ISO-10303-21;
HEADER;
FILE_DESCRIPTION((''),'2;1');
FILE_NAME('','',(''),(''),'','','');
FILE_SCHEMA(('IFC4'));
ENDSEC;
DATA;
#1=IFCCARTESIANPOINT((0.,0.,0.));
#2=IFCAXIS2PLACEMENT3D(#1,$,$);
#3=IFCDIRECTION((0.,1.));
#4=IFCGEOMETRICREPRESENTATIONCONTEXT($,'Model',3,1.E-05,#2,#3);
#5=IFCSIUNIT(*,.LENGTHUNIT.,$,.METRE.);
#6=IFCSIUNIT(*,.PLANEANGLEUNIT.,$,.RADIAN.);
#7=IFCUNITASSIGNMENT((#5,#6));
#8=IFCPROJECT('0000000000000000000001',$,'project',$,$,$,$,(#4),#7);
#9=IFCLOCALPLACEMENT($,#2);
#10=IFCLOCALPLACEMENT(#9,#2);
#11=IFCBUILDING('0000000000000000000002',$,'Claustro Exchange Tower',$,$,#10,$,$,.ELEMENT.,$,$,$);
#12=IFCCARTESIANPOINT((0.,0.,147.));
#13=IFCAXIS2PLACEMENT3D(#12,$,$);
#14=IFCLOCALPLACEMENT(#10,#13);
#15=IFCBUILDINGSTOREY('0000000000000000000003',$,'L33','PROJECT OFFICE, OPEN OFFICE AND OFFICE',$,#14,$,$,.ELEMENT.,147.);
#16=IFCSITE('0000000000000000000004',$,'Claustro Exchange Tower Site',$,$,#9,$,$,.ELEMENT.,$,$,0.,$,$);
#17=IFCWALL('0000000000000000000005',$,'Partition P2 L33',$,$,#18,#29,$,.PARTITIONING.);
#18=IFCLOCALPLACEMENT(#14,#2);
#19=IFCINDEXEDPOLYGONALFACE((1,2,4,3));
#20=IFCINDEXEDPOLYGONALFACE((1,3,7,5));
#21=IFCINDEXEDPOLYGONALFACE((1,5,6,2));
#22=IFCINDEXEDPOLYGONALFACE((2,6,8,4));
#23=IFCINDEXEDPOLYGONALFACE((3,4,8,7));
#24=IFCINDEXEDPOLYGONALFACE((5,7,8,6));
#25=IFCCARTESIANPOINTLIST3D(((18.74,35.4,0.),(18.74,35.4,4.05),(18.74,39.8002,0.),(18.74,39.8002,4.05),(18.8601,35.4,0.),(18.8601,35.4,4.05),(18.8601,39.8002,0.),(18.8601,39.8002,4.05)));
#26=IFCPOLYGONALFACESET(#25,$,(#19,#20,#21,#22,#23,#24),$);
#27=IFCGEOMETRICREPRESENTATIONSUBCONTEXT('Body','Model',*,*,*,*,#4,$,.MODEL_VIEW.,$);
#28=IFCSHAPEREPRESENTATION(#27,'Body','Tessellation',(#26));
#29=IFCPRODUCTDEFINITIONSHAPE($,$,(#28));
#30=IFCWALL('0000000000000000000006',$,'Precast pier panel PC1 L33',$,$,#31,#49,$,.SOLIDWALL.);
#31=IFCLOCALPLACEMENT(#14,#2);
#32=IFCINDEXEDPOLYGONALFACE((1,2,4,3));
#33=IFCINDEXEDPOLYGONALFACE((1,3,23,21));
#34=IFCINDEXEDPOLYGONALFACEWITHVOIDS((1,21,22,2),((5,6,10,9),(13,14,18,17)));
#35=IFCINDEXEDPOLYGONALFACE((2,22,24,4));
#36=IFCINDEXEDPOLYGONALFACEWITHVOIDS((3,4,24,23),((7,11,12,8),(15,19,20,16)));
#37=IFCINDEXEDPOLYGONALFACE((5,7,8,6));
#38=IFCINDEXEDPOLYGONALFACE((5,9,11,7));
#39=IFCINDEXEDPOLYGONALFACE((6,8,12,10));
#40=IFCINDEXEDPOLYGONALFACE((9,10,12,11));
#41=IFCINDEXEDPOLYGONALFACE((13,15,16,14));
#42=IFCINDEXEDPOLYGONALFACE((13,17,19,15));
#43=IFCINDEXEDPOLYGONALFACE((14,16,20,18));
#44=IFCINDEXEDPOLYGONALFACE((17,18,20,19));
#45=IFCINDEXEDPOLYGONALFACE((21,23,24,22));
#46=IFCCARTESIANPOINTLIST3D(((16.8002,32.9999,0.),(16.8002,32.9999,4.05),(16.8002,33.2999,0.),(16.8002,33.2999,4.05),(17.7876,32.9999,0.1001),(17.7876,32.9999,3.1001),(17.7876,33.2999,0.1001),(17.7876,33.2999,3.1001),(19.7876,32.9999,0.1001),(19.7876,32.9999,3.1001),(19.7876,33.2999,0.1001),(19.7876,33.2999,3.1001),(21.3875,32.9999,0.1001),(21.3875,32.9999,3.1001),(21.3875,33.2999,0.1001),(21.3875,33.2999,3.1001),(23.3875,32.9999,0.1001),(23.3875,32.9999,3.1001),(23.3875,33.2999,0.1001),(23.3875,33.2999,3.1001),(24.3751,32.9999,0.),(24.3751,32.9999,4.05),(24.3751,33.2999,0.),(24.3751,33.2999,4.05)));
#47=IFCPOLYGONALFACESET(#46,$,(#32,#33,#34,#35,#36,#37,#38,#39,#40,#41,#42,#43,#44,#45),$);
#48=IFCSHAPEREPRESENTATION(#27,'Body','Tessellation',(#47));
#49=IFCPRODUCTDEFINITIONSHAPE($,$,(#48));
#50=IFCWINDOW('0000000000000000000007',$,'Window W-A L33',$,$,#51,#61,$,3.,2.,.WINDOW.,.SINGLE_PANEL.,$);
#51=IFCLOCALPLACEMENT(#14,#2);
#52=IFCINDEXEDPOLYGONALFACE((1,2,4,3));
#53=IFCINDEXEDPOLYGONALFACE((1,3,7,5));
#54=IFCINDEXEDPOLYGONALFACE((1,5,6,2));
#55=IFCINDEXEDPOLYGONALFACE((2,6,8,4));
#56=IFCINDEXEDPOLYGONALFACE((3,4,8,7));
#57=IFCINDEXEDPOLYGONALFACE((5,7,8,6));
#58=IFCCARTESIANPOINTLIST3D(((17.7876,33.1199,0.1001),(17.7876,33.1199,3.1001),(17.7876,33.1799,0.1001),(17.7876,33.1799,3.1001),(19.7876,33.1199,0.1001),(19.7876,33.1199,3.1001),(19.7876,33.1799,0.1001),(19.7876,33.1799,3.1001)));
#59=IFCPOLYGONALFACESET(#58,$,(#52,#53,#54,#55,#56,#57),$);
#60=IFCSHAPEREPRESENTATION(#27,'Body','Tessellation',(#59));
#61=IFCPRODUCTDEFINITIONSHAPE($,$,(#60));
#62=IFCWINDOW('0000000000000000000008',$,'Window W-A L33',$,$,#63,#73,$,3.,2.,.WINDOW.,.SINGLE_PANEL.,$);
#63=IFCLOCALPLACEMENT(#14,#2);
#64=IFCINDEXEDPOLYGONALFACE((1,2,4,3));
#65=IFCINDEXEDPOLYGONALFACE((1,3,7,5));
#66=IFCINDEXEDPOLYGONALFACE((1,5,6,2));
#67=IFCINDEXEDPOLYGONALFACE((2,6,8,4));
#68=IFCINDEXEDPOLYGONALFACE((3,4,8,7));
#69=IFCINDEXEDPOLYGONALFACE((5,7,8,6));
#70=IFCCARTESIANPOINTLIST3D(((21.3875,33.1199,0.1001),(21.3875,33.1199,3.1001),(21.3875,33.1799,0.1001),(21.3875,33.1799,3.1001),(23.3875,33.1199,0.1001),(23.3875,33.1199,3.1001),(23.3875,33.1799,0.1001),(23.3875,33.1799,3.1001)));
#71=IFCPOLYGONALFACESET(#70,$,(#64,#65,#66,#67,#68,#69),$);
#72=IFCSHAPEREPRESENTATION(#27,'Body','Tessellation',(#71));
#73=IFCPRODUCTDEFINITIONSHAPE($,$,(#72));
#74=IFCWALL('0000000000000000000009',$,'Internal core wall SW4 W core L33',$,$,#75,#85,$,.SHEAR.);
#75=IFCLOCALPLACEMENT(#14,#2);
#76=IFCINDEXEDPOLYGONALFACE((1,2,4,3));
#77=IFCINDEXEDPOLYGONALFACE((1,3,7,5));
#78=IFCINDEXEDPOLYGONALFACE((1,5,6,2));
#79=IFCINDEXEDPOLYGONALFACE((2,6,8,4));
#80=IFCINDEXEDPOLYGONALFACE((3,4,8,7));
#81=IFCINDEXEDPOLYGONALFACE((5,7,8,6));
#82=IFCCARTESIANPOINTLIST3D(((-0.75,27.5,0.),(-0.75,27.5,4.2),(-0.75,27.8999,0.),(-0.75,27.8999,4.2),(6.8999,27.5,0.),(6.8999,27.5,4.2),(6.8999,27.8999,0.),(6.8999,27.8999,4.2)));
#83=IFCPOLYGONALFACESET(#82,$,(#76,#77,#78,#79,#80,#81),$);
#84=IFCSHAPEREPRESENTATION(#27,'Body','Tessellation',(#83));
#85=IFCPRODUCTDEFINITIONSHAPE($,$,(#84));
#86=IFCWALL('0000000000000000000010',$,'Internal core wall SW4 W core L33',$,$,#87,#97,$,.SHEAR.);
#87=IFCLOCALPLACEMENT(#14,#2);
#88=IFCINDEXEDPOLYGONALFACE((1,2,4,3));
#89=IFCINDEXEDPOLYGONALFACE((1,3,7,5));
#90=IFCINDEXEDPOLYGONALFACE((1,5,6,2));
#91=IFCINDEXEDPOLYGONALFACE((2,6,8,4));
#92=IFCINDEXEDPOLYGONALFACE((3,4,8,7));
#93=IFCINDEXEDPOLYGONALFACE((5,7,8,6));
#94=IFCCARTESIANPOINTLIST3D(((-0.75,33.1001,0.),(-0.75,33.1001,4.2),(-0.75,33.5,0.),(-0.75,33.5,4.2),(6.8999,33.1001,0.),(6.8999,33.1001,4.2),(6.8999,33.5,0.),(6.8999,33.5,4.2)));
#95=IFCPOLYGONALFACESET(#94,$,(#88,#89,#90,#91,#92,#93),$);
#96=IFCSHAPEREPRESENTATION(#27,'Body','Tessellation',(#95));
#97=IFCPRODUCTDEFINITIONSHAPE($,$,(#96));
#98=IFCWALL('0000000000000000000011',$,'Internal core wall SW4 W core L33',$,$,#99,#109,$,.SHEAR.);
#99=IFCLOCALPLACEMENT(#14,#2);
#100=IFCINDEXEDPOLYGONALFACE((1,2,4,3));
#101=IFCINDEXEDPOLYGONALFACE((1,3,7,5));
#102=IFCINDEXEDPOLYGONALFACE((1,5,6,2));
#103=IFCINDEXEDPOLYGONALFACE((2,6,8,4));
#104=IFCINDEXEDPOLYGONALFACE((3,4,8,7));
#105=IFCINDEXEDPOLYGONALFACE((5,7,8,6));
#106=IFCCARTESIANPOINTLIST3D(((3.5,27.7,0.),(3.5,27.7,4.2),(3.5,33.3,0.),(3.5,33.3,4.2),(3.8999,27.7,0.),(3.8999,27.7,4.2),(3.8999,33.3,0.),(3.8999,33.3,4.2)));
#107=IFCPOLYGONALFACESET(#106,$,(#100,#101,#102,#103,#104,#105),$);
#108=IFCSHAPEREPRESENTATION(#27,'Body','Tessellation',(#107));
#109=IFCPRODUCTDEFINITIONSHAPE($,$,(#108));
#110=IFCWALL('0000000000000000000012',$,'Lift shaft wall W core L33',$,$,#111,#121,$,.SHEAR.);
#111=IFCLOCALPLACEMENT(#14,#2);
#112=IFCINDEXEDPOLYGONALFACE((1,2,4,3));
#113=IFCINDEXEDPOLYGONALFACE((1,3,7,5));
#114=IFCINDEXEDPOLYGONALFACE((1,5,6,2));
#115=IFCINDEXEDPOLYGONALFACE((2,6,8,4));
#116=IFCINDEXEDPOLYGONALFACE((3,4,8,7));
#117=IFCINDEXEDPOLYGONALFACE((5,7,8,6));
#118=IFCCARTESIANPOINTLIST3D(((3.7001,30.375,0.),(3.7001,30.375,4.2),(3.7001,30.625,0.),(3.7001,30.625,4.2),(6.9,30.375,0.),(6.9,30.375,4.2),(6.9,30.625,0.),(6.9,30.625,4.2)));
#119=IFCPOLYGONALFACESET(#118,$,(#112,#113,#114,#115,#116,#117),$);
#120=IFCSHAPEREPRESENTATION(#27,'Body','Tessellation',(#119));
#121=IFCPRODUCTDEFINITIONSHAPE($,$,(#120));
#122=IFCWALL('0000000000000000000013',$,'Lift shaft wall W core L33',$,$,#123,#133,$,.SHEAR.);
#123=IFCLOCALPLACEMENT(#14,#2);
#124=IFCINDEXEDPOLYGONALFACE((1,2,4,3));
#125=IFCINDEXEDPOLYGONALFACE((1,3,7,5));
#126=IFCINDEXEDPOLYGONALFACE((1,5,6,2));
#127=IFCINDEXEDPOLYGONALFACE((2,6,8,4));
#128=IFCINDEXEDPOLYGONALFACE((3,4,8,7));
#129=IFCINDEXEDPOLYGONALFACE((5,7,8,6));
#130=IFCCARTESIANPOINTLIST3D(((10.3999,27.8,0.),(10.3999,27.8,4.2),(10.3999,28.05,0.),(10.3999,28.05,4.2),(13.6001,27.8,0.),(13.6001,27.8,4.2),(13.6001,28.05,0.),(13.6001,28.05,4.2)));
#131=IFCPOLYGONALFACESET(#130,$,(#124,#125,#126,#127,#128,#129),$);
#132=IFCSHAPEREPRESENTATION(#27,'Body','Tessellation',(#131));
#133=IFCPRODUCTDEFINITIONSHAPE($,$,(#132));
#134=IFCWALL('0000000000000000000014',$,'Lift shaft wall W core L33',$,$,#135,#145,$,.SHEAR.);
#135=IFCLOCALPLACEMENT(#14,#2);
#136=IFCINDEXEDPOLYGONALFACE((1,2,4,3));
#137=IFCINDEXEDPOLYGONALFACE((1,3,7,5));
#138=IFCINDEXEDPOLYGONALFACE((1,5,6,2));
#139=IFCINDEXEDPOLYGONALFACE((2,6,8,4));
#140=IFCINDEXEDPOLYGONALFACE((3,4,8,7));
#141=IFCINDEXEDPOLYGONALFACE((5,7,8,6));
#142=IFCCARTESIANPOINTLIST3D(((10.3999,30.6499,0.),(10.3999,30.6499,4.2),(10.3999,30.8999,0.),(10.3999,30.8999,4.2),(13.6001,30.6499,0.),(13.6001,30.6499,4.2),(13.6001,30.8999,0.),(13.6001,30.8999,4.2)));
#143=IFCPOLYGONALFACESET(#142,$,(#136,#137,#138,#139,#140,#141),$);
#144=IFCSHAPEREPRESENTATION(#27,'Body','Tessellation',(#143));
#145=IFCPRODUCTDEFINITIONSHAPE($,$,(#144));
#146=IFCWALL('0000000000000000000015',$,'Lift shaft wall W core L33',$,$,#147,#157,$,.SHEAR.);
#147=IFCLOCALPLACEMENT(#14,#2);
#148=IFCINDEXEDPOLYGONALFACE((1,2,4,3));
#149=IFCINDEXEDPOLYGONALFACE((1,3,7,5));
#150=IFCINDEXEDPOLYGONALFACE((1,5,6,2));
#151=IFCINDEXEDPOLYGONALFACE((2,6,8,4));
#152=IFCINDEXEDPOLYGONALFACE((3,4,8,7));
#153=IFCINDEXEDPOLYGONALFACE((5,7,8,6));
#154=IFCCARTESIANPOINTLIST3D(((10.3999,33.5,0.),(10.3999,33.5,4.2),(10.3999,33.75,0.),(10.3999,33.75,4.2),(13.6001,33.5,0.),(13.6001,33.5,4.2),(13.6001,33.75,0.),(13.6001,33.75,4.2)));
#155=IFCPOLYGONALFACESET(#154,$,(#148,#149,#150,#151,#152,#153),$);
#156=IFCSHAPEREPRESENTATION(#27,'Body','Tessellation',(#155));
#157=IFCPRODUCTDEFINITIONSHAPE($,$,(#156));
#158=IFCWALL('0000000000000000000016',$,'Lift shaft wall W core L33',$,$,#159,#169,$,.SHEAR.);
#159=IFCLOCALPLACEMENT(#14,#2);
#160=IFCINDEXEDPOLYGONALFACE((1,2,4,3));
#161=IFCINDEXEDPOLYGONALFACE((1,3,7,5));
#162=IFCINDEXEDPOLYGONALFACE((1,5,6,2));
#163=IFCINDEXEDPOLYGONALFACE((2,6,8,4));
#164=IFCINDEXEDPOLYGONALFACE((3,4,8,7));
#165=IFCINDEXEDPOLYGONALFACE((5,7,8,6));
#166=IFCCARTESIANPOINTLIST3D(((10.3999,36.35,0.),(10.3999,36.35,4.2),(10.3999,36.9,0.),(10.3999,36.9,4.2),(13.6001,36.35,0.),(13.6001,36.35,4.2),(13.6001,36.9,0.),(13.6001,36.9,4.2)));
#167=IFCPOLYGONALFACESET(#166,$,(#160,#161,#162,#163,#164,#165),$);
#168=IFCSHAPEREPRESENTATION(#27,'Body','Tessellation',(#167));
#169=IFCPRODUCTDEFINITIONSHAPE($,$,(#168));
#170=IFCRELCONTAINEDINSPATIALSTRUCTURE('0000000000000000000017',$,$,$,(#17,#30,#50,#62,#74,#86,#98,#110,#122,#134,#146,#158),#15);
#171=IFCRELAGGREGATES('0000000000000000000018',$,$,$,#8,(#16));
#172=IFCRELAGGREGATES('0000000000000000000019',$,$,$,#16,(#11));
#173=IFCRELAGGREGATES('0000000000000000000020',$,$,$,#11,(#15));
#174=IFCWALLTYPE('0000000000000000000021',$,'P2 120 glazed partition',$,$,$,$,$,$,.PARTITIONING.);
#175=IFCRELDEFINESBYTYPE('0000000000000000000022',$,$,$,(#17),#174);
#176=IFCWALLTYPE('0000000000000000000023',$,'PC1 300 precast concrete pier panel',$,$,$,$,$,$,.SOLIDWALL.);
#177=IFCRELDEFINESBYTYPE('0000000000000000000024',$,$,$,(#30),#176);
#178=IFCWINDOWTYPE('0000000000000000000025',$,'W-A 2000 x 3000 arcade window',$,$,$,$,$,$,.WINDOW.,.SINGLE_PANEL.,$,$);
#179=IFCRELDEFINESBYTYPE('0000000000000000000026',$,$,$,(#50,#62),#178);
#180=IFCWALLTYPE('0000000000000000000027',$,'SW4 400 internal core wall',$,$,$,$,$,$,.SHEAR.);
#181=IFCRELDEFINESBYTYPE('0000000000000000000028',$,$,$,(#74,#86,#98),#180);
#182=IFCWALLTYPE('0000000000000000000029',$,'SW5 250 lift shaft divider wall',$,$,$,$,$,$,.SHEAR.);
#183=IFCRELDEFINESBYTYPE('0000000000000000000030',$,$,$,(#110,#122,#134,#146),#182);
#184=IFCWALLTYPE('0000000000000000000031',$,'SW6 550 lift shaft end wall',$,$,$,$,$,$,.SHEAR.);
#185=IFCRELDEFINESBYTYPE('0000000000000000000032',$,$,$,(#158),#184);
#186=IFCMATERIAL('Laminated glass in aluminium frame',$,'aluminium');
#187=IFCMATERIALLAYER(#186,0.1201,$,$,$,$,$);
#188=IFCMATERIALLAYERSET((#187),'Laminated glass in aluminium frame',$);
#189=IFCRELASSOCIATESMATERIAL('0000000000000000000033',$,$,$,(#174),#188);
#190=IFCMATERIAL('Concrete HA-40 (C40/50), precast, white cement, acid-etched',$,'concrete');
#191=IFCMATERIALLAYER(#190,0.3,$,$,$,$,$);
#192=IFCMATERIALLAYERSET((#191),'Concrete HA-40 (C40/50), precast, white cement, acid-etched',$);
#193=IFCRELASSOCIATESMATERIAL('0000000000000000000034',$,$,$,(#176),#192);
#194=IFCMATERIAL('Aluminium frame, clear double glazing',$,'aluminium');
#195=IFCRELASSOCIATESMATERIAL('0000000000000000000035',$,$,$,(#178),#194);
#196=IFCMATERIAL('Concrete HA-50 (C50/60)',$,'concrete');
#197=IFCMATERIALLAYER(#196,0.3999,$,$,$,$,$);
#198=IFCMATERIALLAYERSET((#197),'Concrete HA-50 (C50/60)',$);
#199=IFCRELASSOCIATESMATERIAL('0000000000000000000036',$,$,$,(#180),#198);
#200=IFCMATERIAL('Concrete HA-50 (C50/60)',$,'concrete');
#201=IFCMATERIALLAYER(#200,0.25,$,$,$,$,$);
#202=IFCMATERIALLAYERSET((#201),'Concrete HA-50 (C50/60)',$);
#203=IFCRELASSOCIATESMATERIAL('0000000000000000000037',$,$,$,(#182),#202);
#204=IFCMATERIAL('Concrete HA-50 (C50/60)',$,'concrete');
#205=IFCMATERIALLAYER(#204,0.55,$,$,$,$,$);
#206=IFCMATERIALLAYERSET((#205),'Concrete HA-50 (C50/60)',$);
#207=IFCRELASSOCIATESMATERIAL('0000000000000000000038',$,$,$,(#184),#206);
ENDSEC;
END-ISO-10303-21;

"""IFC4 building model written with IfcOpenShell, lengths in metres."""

from ifc_helpers import new_model, si_unit, direction, frame, frame_2d, origin, place, context, subcontext, project, spatial, rectangle, extrude, material, layer, layer_set, type_object, element, fill, save


model = new_model("IFC4")

# Units and contexts
model_context = context("Model", 3, precision=1e-05, world=origin(), true_north=direction((0.0, 1.0)))
body_context = subcontext(model_context, "Body", "Model", "MODEL_VIEW")
ifc_project = project(units=[si_unit("LENGTHUNIT", "METRE"), si_unit("PLANEANGLEUNIT", "RADIAN")], contexts=[model_context])

# Site, building, storey
site_placement = place(None, origin())
site = spatial("IfcSite", under=ifc_project, at=site_placement, Name="Claustro Exchange Tower Site", CompositionType="ELEMENT", RefElevation=0.0)
building_placement = place(site_placement, origin())
building = spatial("IfcBuilding", under=site, at=building_placement, Name="Claustro Exchange Tower", CompositionType="ELEMENT")
storey_placement = place(building_placement, frame((0.0, 0.0, 147.0)))
storey = spatial("IfcBuildingStorey", under=building, at=storey_placement, Name="L33", Description="PROJECT OFFICE, OPEN OFFICE AND OFFICE", CompositionType="ELEMENT", Elevation=147.0)

# Wall
ifc_material_1 = material(Name="Laminated glass in aluminium frame", Category="aluminium")
ifc_layer_1 = layer(ifc_material_1, 0.1201)
ifc_layer_set_1 = layer_set([ifc_layer_1], Name="Laminated glass in aluminium frame")
wall_type_1 = type_object("IfcWallType", Name="P2 120 glazed partition", PredefinedType="PARTITIONING", material=ifc_layer_set_1)
wall_1_placement = place(storey_placement, frame((18.8, 35.3999, 0.0), z_axis=(0.0, 0.0, 1.0), x_axis=(0.0, 1.0, 0.0)))
element("IfcWall", 1, at=wall_1_placement, inside=storey, type_object=wall_type_1, Name="Partition P2 L33", PredefinedType="PARTITIONING", context=body_context, shape_type="SweptSolid", body=[
    extrude(rectangle(XDim=4.4001, YDim=0.1201, at=frame_2d((2.2002, 0.0))), origin(), (0.0, 0.0, 1.0), 4.05),
])

# Wall, openings, windows
ifc_material_2 = material(Name="Concrete HA-40 (C40/50), precast, white cement, acid-etched", Category="concrete")
ifc_layer_2 = layer(ifc_material_2, 0.3)
ifc_layer_set_2 = layer_set([ifc_layer_2], Name="Concrete HA-40 (C40/50), precast, white cement, acid-etched")
wall_type_2 = type_object("IfcWallType", Name="PC1 300 precast concrete pier panel", PredefinedType="SOLIDWALL", material=ifc_layer_set_2)
wall_2_placement = place(storey_placement, frame((16.8, 33.1499, 0.0), z_axis=(0.0, 0.0, 1.0), x_axis=(1.0, 0.0, 0.0)))
wall_2 = element("IfcWall", 2, at=wall_2_placement, inside=storey, type_object=wall_type_2, Name="Precast pier panel PC1 L33", PredefinedType="SOLIDWALL", context=body_context, shape_type="SweptSolid", body=[
    extrude(rectangle(XDim=7.575, YDim=0.3, at=frame_2d((3.7876, 0.0))), origin(), (0.0, 0.0, 1.0), 4.05),
])
opening_1_placement = place(wall_2_placement, frame((0.9875, 0.0, 0.1001)))
opening_1 = element("IfcOpeningElement", 3, at=opening_1_placement, cuts=wall_2, PredefinedType="OPENING", context=body_context, shape_type="SweptSolid", body=[
    extrude(rectangle(XDim=2.0, YDim=3.0, at=frame_2d((1.0, 1.5))), frame((0.0, 0.1599, 0.0), z_axis=(0.0, -1.0, 0.0), x_axis=(1.0, 0.0, 0.0)), (0.0, 0.0, 1.0), 0.3201),
])
opening_2_placement = place(wall_2_placement, frame((4.5874, 0.0, 0.1001)))
opening_2 = element("IfcOpeningElement", 4, at=opening_2_placement, cuts=wall_2, PredefinedType="OPENING", context=body_context, shape_type="SweptSolid", body=[
    extrude(rectangle(XDim=2.0, YDim=3.0, at=frame_2d((1.0, 1.5))), frame((0.0, 0.1599, 0.0), z_axis=(0.0, -1.0, 0.0), x_axis=(1.0, 0.0, 0.0)), (0.0, 0.0, 1.0), 0.3201),
])
ifc_material_3 = material(Name="Aluminium frame, clear double glazing", Category="aluminium")
window_type = type_object("IfcWindowType", Name="W-A 2000 x 3000 arcade window", PartitioningType="SINGLE_PANEL", PredefinedType="WINDOW", material=ifc_material_3)
window_1_placement = place(opening_1_placement, origin())
window_1 = element("IfcWindow", 5, at=window_1_placement, inside=storey, type_object=window_type, Name="Window W-A L33", OverallHeight=3.0, OverallWidth=2.0, PartitioningType="SINGLE_PANEL", PredefinedType="WINDOW", context=body_context, shape_type="SweptSolid", body=[
    extrude(rectangle(XDim=2.0, YDim=3.0, at=frame_2d((1.0, 1.5))), frame((0.0, 0.03, 0.0), z_axis=(0.0, -1.0, 0.0), x_axis=(1.0, 0.0, 0.0)), (0.0, 0.0, 1.0), 0.0601),
])
fill(opening_1, window_1)
window_2_placement = place(opening_2_placement, origin())
window_2 = element("IfcWindow", 6, at=window_2_placement, inside=storey, type_object=window_type, Name="Window W-A L33", OverallHeight=3.0, OverallWidth=2.0, PartitioningType="SINGLE_PANEL", PredefinedType="WINDOW", context=body_context, shape_type="SweptSolid", body=[
    extrude(rectangle(XDim=2.0, YDim=3.0, at=frame_2d((1.0, 1.5))), frame((0.0, 0.03, 0.0), z_axis=(0.0, -1.0, 0.0), x_axis=(1.0, 0.0, 0.0)), (0.0, 0.0, 1.0), 0.0601),
])
fill(opening_2, window_2)

# Walls
ifc_material_4 = material(Name="Concrete HA-50 (C50/60)", Category="concrete")
ifc_layer_3 = layer(ifc_material_4, 0.3999)
ifc_layer_set_3 = layer_set([ifc_layer_3], Name="Concrete HA-50 (C50/60)")
wall_type_3 = type_object("IfcWallType", Name="SW4 400 internal core wall", PredefinedType="SHEAR", material=ifc_layer_set_3)
for number, where, z_axis, x_axis, name in (
    (7, (-0.75, 27.7, 0.0), (0.0, 0.0, 1.0), (1.0, 0.0, 0.0), "Internal core wall SW4 W core L33"),
    (8, (-0.75, 33.3, 0.0), (0.0, 0.0, 1.0), (1.0, 0.0, 0.0), "Internal core wall SW4 W core L33"),
):
    element("IfcWall", number, at=place(storey_placement, frame(where, z_axis=z_axis, x_axis=x_axis)), inside=storey, type_object=wall_type_3, Name=name, PredefinedType="SHEAR", context=body_context, shape_type="SweptSolid", body=[
        extrude(rectangle(XDim=7.6499, YDim=0.3999, at=frame_2d((3.825, 0.0))), origin(), (0.0, 0.0, 1.0), 4.2),
    ])
wall_3_placement = place(storey_placement, frame((3.7, 27.7, 0.0), z_axis=(0.0, 0.0, 1.0), x_axis=(0.0, 1.0, 0.0)))
element("IfcWall", 9, at=wall_3_placement, inside=storey, type_object=wall_type_3, Name="Internal core wall SW4 W core L33", PredefinedType="SHEAR", context=body_context, shape_type="SweptSolid", body=[
    extrude(rectangle(XDim=5.6001, YDim=0.3999, at=frame_2d((2.8, 0.0))), origin(), (0.0, 0.0, 1.0), 4.2),
])
ifc_material_5 = material(Name="Concrete HA-50 (C50/60)", Category="concrete")
ifc_layer_4 = layer(ifc_material_5, 0.25)
ifc_layer_set_4 = layer_set([ifc_layer_4], Name="Concrete HA-50 (C50/60)")
wall_type_4 = type_object("IfcWallType", Name="SW5 250 lift shaft divider wall", PredefinedType="SHEAR", material=ifc_layer_set_4)
wall_4_placement = place(storey_placement, frame((3.7, 30.5, 0.0), z_axis=(0.0, 0.0, 1.0), x_axis=(1.0, 0.0, 0.0)))
element("IfcWall", 10, at=wall_4_placement, inside=storey, type_object=wall_type_4, Name="Lift shaft wall W core L33", PredefinedType="SHEAR", context=body_context, shape_type="SweptSolid", body=[
    extrude(rectangle(XDim=3.2, YDim=0.25, at=frame_2d((1.6001, 0.0))), origin(), (0.0, 0.0, 1.0), 4.2),
])
for number, where, z_axis, x_axis, name in (
    (11, (10.3999, 27.925, 0.0), (0.0, 0.0, 1.0), (1.0, 0.0, 0.0), "Lift shaft wall W core L33"),
    (12, (10.3999, 30.7749, 0.0), (0.0, 0.0, 1.0), (1.0, 0.0, 0.0), "Lift shaft wall W core L33"),
    (13, (10.3999, 33.625, 0.0), (0.0, 0.0, 1.0), (1.0, 0.0, 0.0), "Lift shaft wall W core L33"),
):
    element("IfcWall", number, at=place(storey_placement, frame(where, z_axis=z_axis, x_axis=x_axis)), inside=storey, type_object=wall_type_4, Name=name, PredefinedType="SHEAR", context=body_context, shape_type="SweptSolid", body=[
        extrude(rectangle(XDim=3.2002, YDim=0.25, at=frame_2d((1.6001, 0.0))), origin(), (0.0, 0.0, 1.0), 4.2),
    ])
ifc_material_6 = material(Name="Concrete HA-50 (C50/60)", Category="concrete")
ifc_layer_5 = layer(ifc_material_6, 0.55)
ifc_layer_set_5 = layer_set([ifc_layer_5], Name="Concrete HA-50 (C50/60)")
wall_type_5 = type_object("IfcWallType", Name="SW6 550 lift shaft end wall", PredefinedType="SHEAR", material=ifc_layer_set_5)
wall_5_placement = place(storey_placement, frame((10.3999, 36.625, 0.0), z_axis=(0.0, 0.0, 1.0), x_axis=(1.0, 0.0, 0.0)))
element("IfcWall", 14, at=wall_5_placement, inside=storey, type_object=wall_type_5, Name="Lift shaft wall W core L33", PredefinedType="SHEAR", context=body_context, shape_type="SweptSolid", body=[
    extrude(rectangle(XDim=3.2002, YDim=0.55, at=frame_2d((1.6001, 0.0))), origin(), (0.0, 0.0, 1.0), 4.2),
])

save(model, "model.ifc")
